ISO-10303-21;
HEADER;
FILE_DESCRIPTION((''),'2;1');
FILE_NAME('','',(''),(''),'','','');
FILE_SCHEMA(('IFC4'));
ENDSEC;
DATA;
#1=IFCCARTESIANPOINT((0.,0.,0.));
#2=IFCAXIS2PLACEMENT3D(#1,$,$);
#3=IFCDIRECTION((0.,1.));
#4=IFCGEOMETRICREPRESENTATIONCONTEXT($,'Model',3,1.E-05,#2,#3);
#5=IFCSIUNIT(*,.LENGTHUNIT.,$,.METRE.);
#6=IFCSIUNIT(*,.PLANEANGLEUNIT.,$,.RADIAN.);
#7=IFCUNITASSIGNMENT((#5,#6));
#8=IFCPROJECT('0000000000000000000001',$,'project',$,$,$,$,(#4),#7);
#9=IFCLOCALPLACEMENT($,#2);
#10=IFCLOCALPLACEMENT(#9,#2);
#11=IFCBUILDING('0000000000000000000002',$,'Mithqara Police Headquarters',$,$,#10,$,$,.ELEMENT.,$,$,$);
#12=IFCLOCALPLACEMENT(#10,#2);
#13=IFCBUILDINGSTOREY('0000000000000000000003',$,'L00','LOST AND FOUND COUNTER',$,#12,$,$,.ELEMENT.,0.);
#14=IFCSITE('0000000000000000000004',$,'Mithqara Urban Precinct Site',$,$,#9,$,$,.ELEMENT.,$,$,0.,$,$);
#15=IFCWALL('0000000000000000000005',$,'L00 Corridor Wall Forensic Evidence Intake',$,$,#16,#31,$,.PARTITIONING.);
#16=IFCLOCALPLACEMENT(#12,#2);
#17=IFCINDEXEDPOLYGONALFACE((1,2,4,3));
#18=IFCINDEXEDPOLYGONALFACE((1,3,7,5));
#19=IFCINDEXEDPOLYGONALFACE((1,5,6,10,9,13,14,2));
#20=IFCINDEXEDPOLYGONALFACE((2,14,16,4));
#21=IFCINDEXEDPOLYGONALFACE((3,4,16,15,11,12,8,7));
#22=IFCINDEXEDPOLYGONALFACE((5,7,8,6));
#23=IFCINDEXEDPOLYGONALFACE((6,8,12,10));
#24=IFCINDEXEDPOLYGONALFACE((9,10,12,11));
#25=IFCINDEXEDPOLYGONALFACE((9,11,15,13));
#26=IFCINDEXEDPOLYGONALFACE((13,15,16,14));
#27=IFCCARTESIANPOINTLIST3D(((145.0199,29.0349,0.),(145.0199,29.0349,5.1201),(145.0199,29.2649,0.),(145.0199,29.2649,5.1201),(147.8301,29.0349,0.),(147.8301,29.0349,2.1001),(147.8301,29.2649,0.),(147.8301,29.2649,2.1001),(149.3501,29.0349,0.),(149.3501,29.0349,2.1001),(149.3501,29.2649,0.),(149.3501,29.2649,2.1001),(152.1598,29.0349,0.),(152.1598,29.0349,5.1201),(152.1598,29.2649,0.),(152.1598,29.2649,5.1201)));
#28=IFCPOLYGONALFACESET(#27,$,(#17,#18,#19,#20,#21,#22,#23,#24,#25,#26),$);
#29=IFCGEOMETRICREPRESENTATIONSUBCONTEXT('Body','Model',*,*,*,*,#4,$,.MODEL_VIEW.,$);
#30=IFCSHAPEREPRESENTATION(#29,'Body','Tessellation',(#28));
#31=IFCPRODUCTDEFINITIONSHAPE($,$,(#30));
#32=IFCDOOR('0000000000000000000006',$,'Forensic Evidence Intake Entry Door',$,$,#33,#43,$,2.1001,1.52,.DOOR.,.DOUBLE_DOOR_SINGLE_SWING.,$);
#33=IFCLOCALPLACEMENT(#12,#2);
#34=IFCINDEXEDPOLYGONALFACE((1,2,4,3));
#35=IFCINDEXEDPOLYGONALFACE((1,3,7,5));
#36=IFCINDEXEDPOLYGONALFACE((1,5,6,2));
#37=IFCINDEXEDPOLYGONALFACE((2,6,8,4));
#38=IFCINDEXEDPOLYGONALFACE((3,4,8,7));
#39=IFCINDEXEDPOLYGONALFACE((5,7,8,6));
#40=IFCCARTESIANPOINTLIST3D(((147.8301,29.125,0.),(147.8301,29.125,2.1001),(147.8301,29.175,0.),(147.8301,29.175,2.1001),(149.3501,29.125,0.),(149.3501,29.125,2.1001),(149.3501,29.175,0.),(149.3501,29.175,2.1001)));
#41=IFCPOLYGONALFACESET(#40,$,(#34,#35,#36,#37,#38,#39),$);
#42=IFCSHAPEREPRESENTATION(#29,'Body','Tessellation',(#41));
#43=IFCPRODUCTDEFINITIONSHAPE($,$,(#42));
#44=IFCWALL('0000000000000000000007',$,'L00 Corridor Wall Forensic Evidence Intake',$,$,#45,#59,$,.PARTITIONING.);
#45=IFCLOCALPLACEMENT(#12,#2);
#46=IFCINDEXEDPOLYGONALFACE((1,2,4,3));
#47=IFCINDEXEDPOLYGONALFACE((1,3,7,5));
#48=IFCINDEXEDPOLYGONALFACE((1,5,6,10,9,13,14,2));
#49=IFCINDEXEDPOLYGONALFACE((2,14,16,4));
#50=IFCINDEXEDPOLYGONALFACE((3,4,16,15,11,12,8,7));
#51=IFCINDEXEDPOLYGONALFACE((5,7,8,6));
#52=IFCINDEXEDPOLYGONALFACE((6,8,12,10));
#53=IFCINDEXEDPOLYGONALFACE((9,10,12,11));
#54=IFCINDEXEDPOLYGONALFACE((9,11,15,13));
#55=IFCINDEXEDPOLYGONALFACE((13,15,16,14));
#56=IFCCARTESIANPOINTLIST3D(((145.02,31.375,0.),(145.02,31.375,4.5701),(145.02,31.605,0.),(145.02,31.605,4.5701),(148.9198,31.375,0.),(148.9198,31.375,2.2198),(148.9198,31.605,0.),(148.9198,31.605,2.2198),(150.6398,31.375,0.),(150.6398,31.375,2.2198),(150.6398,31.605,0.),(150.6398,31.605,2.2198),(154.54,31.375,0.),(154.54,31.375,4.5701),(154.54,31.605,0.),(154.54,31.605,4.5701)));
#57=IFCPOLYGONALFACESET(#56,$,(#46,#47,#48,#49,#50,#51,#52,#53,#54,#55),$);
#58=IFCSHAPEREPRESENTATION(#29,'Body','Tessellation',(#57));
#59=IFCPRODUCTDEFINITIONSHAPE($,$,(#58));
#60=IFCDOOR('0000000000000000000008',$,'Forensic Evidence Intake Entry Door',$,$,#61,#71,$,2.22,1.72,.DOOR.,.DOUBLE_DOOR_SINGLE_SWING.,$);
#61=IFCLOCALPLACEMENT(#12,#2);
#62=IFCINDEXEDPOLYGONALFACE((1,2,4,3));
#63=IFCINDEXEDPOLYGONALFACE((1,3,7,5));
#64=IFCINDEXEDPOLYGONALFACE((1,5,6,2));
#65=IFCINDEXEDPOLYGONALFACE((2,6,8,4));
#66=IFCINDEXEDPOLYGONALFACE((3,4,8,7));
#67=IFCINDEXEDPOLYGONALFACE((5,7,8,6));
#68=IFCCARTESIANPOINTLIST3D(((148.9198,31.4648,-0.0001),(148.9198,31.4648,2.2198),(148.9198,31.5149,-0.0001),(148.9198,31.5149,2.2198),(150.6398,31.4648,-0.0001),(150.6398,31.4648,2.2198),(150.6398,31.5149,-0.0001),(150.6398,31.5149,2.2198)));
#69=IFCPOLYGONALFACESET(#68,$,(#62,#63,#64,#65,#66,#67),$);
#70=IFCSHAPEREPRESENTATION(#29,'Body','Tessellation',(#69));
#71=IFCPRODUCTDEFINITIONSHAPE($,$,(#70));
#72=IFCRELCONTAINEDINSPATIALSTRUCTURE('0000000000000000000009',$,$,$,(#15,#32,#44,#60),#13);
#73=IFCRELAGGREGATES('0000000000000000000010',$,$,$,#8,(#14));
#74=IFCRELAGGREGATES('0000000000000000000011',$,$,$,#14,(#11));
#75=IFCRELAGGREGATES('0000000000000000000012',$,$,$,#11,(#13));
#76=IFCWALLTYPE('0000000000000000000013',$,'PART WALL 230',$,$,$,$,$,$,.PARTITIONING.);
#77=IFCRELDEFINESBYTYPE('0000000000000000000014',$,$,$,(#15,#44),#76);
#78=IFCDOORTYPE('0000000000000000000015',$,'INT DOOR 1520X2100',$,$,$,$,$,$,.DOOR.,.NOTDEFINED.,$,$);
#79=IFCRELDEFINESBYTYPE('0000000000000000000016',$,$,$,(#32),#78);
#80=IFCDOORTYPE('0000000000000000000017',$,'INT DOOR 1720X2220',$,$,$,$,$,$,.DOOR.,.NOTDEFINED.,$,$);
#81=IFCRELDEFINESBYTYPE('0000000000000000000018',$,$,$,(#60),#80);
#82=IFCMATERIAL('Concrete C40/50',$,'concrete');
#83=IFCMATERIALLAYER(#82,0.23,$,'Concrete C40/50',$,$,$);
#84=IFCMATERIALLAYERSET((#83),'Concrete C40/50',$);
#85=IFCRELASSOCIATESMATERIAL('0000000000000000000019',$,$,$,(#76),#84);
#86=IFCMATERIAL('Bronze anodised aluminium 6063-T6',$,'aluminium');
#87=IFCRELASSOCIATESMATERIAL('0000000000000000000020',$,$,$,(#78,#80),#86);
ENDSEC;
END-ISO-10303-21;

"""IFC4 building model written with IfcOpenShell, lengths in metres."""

from ifc_helpers import new_model, si_unit, direction, frame, frame_2d, origin, place, context, subcontext, project, spatial, rectangle, extrude, material, layer, layer_set, type_object, element, fill, save


model = new_model("IFC4")

# Units and contexts
model_context = context("Model", 3, precision=1e-05, world=origin(), true_north=direction((0.0, 1.0)))
body_context = subcontext(model_context, "Body", "Model", "MODEL_VIEW")
ifc_project = project(units=[si_unit("LENGTHUNIT", "METRE"), si_unit("PLANEANGLEUNIT", "RADIAN")], contexts=[model_context])

# Site, building, storey
site_placement = place(None, origin())
site = spatial("IfcSite", under=ifc_project, at=site_placement, Name="Mithqara Urban Precinct Site", CompositionType="ELEMENT", RefElevation=0.0)
building_placement = place(site_placement, origin())
building = spatial("IfcBuilding", under=site, at=building_placement, Name="Mithqara Police Headquarters", CompositionType="ELEMENT")
storey_placement = place(building_placement, origin())
storey = spatial("IfcBuildingStorey", under=building, at=storey_placement, Name="L00", Description="LOST AND FOUND COUNTER", CompositionType="ELEMENT", Elevation=0.0)

# Shared definitions
ifc_material_1 = material(Name="Concrete C40/50", Category="concrete")

# Walls, openings, doors
ifc_layer_1 = layer(ifc_material_1, 0.23, Name="Concrete C40/50")
ifc_layer_set_1 = layer_set([ifc_layer_1], Name="Concrete C40/50")
wall_type_1 = type_object("IfcWallType", Name="PART WALL 230", PredefinedType="PARTITIONING", material=ifc_layer_set_1)
wall_1_placement = place(storey_placement, frame((145.02, 29.1499, 0.0), z_axis=(0.0, 0.0, 1.0), x_axis=(1.0, 0.0, 0.0)))
wall_1 = element("IfcWall", 1, at=wall_1_placement, inside=storey, type_object=wall_type_1, Name="L00 Corridor Wall Forensic Evidence Intake", PredefinedType="PARTITIONING", context=body_context, shape_type="SweptSolid", body=[
    extrude(rectangle(XDim=7.1399, YDim=0.23, at=frame_2d((3.5698, 0.0))), origin(), (0.0, 0.0, 1.0), 5.1201),
])
opening_1_placement = place(wall_1_placement, frame((2.8101, 0.0, 0.0)))
opening_1 = element("IfcOpeningElement", 2, at=opening_1_placement, cuts=wall_1, PredefinedType="OPENING", context=body_context, shape_type="SweptSolid", body=[
    extrude(rectangle(XDim=1.52, YDim=2.1001, at=frame_2d((0.76, 1.05))), frame((0.0, 0.125, 0.0), z_axis=(0.0, -1.0, 0.0), x_axis=(1.0, 0.0, 0.0)), (0.0, 0.0, 1.0), 0.25),
])
ifc_material_2 = material(Name="Bronze anodised aluminium 6063-T6", Category="aluminium")
door_type_1 = type_object("IfcDoorType", Name="INT DOOR 1520X2100", OperationType="NOTDEFINED", PredefinedType="DOOR", material=ifc_material_2)
door_1_placement = place(opening_1_placement, frame((1.52, 0.0, 0.0), z_axis=(0.0, 0.0, 1.0), x_axis=(-1.0, 0.0, 0.0)))
door_1 = element("IfcDoor", 3, at=door_1_placement, inside=storey, type_object=door_type_1, Name="Forensic Evidence Intake Entry Door", OperationType="DOUBLE_DOOR_SINGLE_SWING", OverallHeight=2.1001, OverallWidth=1.52, PredefinedType="DOOR", context=body_context, shape_type="SweptSolid", body=[
    extrude(rectangle(XDim=1.52, YDim=2.1001, at=frame_2d((0.76, 1.05))), frame((0.0, 0.0249, 0.0), z_axis=(0.0, -1.0, 0.0), x_axis=(1.0, 0.0, 0.0)), (0.0, 0.0, 1.0), 0.05),
])
fill(opening_1, door_1)
wall_2_placement = place(storey_placement, frame((145.02, 31.49, 0.0), z_axis=(0.0, 0.0, 1.0), x_axis=(1.0, 0.0, 0.0)))
wall_2 = element("IfcWall", 4, at=wall_2_placement, inside=storey, type_object=wall_type_1, Name="L00 Corridor Wall Forensic Evidence Intake", PredefinedType="PARTITIONING", context=body_context, shape_type="SweptSolid", body=[
    extrude(rectangle(XDim=9.52, YDim=0.23, at=frame_2d((4.76, 0.0))), origin(), (0.0, 0.0, 1.0), 4.5701),
])
opening_2_placement = place(wall_2_placement, frame((3.8999, 0.0, 0.0)))
opening_2 = element("IfcOpeningElement", 5, at=opening_2_placement, cuts=wall_2, PredefinedType="OPENING", context=body_context, shape_type="SweptSolid", body=[
    extrude(rectangle(XDim=1.72, YDim=2.22, at=frame_2d((0.8599, 1.1099))), frame((0.0, 0.125, 0.0), z_axis=(0.0, -1.0, 0.0), x_axis=(1.0, 0.0, 0.0)), (0.0, 0.0, 1.0), 0.25),
])
door_type_2 = type_object("IfcDoorType", Name="INT DOOR 1720X2220", OperationType="NOTDEFINED", PredefinedType="DOOR", material=ifc_material_2)
door_2_placement = place(opening_2_placement, origin())
door_2 = element("IfcDoor", 6, at=door_2_placement, inside=storey, type_object=door_type_2, Name="Forensic Evidence Intake Entry Door", OperationType="DOUBLE_DOOR_SINGLE_SWING", OverallHeight=2.22, OverallWidth=1.72, PredefinedType="DOOR", context=body_context, shape_type="SweptSolid", body=[
    extrude(rectangle(XDim=1.72, YDim=2.22, at=frame_2d((0.8599, 1.1099))), frame((0.0, 0.0249, 0.0), z_axis=(0.0, -1.0, 0.0), x_axis=(1.0, 0.0, 0.0)), (0.0, 0.0, 1.0), 0.05),
])
fill(opening_2, door_2)

save(model, "model.ifc")
